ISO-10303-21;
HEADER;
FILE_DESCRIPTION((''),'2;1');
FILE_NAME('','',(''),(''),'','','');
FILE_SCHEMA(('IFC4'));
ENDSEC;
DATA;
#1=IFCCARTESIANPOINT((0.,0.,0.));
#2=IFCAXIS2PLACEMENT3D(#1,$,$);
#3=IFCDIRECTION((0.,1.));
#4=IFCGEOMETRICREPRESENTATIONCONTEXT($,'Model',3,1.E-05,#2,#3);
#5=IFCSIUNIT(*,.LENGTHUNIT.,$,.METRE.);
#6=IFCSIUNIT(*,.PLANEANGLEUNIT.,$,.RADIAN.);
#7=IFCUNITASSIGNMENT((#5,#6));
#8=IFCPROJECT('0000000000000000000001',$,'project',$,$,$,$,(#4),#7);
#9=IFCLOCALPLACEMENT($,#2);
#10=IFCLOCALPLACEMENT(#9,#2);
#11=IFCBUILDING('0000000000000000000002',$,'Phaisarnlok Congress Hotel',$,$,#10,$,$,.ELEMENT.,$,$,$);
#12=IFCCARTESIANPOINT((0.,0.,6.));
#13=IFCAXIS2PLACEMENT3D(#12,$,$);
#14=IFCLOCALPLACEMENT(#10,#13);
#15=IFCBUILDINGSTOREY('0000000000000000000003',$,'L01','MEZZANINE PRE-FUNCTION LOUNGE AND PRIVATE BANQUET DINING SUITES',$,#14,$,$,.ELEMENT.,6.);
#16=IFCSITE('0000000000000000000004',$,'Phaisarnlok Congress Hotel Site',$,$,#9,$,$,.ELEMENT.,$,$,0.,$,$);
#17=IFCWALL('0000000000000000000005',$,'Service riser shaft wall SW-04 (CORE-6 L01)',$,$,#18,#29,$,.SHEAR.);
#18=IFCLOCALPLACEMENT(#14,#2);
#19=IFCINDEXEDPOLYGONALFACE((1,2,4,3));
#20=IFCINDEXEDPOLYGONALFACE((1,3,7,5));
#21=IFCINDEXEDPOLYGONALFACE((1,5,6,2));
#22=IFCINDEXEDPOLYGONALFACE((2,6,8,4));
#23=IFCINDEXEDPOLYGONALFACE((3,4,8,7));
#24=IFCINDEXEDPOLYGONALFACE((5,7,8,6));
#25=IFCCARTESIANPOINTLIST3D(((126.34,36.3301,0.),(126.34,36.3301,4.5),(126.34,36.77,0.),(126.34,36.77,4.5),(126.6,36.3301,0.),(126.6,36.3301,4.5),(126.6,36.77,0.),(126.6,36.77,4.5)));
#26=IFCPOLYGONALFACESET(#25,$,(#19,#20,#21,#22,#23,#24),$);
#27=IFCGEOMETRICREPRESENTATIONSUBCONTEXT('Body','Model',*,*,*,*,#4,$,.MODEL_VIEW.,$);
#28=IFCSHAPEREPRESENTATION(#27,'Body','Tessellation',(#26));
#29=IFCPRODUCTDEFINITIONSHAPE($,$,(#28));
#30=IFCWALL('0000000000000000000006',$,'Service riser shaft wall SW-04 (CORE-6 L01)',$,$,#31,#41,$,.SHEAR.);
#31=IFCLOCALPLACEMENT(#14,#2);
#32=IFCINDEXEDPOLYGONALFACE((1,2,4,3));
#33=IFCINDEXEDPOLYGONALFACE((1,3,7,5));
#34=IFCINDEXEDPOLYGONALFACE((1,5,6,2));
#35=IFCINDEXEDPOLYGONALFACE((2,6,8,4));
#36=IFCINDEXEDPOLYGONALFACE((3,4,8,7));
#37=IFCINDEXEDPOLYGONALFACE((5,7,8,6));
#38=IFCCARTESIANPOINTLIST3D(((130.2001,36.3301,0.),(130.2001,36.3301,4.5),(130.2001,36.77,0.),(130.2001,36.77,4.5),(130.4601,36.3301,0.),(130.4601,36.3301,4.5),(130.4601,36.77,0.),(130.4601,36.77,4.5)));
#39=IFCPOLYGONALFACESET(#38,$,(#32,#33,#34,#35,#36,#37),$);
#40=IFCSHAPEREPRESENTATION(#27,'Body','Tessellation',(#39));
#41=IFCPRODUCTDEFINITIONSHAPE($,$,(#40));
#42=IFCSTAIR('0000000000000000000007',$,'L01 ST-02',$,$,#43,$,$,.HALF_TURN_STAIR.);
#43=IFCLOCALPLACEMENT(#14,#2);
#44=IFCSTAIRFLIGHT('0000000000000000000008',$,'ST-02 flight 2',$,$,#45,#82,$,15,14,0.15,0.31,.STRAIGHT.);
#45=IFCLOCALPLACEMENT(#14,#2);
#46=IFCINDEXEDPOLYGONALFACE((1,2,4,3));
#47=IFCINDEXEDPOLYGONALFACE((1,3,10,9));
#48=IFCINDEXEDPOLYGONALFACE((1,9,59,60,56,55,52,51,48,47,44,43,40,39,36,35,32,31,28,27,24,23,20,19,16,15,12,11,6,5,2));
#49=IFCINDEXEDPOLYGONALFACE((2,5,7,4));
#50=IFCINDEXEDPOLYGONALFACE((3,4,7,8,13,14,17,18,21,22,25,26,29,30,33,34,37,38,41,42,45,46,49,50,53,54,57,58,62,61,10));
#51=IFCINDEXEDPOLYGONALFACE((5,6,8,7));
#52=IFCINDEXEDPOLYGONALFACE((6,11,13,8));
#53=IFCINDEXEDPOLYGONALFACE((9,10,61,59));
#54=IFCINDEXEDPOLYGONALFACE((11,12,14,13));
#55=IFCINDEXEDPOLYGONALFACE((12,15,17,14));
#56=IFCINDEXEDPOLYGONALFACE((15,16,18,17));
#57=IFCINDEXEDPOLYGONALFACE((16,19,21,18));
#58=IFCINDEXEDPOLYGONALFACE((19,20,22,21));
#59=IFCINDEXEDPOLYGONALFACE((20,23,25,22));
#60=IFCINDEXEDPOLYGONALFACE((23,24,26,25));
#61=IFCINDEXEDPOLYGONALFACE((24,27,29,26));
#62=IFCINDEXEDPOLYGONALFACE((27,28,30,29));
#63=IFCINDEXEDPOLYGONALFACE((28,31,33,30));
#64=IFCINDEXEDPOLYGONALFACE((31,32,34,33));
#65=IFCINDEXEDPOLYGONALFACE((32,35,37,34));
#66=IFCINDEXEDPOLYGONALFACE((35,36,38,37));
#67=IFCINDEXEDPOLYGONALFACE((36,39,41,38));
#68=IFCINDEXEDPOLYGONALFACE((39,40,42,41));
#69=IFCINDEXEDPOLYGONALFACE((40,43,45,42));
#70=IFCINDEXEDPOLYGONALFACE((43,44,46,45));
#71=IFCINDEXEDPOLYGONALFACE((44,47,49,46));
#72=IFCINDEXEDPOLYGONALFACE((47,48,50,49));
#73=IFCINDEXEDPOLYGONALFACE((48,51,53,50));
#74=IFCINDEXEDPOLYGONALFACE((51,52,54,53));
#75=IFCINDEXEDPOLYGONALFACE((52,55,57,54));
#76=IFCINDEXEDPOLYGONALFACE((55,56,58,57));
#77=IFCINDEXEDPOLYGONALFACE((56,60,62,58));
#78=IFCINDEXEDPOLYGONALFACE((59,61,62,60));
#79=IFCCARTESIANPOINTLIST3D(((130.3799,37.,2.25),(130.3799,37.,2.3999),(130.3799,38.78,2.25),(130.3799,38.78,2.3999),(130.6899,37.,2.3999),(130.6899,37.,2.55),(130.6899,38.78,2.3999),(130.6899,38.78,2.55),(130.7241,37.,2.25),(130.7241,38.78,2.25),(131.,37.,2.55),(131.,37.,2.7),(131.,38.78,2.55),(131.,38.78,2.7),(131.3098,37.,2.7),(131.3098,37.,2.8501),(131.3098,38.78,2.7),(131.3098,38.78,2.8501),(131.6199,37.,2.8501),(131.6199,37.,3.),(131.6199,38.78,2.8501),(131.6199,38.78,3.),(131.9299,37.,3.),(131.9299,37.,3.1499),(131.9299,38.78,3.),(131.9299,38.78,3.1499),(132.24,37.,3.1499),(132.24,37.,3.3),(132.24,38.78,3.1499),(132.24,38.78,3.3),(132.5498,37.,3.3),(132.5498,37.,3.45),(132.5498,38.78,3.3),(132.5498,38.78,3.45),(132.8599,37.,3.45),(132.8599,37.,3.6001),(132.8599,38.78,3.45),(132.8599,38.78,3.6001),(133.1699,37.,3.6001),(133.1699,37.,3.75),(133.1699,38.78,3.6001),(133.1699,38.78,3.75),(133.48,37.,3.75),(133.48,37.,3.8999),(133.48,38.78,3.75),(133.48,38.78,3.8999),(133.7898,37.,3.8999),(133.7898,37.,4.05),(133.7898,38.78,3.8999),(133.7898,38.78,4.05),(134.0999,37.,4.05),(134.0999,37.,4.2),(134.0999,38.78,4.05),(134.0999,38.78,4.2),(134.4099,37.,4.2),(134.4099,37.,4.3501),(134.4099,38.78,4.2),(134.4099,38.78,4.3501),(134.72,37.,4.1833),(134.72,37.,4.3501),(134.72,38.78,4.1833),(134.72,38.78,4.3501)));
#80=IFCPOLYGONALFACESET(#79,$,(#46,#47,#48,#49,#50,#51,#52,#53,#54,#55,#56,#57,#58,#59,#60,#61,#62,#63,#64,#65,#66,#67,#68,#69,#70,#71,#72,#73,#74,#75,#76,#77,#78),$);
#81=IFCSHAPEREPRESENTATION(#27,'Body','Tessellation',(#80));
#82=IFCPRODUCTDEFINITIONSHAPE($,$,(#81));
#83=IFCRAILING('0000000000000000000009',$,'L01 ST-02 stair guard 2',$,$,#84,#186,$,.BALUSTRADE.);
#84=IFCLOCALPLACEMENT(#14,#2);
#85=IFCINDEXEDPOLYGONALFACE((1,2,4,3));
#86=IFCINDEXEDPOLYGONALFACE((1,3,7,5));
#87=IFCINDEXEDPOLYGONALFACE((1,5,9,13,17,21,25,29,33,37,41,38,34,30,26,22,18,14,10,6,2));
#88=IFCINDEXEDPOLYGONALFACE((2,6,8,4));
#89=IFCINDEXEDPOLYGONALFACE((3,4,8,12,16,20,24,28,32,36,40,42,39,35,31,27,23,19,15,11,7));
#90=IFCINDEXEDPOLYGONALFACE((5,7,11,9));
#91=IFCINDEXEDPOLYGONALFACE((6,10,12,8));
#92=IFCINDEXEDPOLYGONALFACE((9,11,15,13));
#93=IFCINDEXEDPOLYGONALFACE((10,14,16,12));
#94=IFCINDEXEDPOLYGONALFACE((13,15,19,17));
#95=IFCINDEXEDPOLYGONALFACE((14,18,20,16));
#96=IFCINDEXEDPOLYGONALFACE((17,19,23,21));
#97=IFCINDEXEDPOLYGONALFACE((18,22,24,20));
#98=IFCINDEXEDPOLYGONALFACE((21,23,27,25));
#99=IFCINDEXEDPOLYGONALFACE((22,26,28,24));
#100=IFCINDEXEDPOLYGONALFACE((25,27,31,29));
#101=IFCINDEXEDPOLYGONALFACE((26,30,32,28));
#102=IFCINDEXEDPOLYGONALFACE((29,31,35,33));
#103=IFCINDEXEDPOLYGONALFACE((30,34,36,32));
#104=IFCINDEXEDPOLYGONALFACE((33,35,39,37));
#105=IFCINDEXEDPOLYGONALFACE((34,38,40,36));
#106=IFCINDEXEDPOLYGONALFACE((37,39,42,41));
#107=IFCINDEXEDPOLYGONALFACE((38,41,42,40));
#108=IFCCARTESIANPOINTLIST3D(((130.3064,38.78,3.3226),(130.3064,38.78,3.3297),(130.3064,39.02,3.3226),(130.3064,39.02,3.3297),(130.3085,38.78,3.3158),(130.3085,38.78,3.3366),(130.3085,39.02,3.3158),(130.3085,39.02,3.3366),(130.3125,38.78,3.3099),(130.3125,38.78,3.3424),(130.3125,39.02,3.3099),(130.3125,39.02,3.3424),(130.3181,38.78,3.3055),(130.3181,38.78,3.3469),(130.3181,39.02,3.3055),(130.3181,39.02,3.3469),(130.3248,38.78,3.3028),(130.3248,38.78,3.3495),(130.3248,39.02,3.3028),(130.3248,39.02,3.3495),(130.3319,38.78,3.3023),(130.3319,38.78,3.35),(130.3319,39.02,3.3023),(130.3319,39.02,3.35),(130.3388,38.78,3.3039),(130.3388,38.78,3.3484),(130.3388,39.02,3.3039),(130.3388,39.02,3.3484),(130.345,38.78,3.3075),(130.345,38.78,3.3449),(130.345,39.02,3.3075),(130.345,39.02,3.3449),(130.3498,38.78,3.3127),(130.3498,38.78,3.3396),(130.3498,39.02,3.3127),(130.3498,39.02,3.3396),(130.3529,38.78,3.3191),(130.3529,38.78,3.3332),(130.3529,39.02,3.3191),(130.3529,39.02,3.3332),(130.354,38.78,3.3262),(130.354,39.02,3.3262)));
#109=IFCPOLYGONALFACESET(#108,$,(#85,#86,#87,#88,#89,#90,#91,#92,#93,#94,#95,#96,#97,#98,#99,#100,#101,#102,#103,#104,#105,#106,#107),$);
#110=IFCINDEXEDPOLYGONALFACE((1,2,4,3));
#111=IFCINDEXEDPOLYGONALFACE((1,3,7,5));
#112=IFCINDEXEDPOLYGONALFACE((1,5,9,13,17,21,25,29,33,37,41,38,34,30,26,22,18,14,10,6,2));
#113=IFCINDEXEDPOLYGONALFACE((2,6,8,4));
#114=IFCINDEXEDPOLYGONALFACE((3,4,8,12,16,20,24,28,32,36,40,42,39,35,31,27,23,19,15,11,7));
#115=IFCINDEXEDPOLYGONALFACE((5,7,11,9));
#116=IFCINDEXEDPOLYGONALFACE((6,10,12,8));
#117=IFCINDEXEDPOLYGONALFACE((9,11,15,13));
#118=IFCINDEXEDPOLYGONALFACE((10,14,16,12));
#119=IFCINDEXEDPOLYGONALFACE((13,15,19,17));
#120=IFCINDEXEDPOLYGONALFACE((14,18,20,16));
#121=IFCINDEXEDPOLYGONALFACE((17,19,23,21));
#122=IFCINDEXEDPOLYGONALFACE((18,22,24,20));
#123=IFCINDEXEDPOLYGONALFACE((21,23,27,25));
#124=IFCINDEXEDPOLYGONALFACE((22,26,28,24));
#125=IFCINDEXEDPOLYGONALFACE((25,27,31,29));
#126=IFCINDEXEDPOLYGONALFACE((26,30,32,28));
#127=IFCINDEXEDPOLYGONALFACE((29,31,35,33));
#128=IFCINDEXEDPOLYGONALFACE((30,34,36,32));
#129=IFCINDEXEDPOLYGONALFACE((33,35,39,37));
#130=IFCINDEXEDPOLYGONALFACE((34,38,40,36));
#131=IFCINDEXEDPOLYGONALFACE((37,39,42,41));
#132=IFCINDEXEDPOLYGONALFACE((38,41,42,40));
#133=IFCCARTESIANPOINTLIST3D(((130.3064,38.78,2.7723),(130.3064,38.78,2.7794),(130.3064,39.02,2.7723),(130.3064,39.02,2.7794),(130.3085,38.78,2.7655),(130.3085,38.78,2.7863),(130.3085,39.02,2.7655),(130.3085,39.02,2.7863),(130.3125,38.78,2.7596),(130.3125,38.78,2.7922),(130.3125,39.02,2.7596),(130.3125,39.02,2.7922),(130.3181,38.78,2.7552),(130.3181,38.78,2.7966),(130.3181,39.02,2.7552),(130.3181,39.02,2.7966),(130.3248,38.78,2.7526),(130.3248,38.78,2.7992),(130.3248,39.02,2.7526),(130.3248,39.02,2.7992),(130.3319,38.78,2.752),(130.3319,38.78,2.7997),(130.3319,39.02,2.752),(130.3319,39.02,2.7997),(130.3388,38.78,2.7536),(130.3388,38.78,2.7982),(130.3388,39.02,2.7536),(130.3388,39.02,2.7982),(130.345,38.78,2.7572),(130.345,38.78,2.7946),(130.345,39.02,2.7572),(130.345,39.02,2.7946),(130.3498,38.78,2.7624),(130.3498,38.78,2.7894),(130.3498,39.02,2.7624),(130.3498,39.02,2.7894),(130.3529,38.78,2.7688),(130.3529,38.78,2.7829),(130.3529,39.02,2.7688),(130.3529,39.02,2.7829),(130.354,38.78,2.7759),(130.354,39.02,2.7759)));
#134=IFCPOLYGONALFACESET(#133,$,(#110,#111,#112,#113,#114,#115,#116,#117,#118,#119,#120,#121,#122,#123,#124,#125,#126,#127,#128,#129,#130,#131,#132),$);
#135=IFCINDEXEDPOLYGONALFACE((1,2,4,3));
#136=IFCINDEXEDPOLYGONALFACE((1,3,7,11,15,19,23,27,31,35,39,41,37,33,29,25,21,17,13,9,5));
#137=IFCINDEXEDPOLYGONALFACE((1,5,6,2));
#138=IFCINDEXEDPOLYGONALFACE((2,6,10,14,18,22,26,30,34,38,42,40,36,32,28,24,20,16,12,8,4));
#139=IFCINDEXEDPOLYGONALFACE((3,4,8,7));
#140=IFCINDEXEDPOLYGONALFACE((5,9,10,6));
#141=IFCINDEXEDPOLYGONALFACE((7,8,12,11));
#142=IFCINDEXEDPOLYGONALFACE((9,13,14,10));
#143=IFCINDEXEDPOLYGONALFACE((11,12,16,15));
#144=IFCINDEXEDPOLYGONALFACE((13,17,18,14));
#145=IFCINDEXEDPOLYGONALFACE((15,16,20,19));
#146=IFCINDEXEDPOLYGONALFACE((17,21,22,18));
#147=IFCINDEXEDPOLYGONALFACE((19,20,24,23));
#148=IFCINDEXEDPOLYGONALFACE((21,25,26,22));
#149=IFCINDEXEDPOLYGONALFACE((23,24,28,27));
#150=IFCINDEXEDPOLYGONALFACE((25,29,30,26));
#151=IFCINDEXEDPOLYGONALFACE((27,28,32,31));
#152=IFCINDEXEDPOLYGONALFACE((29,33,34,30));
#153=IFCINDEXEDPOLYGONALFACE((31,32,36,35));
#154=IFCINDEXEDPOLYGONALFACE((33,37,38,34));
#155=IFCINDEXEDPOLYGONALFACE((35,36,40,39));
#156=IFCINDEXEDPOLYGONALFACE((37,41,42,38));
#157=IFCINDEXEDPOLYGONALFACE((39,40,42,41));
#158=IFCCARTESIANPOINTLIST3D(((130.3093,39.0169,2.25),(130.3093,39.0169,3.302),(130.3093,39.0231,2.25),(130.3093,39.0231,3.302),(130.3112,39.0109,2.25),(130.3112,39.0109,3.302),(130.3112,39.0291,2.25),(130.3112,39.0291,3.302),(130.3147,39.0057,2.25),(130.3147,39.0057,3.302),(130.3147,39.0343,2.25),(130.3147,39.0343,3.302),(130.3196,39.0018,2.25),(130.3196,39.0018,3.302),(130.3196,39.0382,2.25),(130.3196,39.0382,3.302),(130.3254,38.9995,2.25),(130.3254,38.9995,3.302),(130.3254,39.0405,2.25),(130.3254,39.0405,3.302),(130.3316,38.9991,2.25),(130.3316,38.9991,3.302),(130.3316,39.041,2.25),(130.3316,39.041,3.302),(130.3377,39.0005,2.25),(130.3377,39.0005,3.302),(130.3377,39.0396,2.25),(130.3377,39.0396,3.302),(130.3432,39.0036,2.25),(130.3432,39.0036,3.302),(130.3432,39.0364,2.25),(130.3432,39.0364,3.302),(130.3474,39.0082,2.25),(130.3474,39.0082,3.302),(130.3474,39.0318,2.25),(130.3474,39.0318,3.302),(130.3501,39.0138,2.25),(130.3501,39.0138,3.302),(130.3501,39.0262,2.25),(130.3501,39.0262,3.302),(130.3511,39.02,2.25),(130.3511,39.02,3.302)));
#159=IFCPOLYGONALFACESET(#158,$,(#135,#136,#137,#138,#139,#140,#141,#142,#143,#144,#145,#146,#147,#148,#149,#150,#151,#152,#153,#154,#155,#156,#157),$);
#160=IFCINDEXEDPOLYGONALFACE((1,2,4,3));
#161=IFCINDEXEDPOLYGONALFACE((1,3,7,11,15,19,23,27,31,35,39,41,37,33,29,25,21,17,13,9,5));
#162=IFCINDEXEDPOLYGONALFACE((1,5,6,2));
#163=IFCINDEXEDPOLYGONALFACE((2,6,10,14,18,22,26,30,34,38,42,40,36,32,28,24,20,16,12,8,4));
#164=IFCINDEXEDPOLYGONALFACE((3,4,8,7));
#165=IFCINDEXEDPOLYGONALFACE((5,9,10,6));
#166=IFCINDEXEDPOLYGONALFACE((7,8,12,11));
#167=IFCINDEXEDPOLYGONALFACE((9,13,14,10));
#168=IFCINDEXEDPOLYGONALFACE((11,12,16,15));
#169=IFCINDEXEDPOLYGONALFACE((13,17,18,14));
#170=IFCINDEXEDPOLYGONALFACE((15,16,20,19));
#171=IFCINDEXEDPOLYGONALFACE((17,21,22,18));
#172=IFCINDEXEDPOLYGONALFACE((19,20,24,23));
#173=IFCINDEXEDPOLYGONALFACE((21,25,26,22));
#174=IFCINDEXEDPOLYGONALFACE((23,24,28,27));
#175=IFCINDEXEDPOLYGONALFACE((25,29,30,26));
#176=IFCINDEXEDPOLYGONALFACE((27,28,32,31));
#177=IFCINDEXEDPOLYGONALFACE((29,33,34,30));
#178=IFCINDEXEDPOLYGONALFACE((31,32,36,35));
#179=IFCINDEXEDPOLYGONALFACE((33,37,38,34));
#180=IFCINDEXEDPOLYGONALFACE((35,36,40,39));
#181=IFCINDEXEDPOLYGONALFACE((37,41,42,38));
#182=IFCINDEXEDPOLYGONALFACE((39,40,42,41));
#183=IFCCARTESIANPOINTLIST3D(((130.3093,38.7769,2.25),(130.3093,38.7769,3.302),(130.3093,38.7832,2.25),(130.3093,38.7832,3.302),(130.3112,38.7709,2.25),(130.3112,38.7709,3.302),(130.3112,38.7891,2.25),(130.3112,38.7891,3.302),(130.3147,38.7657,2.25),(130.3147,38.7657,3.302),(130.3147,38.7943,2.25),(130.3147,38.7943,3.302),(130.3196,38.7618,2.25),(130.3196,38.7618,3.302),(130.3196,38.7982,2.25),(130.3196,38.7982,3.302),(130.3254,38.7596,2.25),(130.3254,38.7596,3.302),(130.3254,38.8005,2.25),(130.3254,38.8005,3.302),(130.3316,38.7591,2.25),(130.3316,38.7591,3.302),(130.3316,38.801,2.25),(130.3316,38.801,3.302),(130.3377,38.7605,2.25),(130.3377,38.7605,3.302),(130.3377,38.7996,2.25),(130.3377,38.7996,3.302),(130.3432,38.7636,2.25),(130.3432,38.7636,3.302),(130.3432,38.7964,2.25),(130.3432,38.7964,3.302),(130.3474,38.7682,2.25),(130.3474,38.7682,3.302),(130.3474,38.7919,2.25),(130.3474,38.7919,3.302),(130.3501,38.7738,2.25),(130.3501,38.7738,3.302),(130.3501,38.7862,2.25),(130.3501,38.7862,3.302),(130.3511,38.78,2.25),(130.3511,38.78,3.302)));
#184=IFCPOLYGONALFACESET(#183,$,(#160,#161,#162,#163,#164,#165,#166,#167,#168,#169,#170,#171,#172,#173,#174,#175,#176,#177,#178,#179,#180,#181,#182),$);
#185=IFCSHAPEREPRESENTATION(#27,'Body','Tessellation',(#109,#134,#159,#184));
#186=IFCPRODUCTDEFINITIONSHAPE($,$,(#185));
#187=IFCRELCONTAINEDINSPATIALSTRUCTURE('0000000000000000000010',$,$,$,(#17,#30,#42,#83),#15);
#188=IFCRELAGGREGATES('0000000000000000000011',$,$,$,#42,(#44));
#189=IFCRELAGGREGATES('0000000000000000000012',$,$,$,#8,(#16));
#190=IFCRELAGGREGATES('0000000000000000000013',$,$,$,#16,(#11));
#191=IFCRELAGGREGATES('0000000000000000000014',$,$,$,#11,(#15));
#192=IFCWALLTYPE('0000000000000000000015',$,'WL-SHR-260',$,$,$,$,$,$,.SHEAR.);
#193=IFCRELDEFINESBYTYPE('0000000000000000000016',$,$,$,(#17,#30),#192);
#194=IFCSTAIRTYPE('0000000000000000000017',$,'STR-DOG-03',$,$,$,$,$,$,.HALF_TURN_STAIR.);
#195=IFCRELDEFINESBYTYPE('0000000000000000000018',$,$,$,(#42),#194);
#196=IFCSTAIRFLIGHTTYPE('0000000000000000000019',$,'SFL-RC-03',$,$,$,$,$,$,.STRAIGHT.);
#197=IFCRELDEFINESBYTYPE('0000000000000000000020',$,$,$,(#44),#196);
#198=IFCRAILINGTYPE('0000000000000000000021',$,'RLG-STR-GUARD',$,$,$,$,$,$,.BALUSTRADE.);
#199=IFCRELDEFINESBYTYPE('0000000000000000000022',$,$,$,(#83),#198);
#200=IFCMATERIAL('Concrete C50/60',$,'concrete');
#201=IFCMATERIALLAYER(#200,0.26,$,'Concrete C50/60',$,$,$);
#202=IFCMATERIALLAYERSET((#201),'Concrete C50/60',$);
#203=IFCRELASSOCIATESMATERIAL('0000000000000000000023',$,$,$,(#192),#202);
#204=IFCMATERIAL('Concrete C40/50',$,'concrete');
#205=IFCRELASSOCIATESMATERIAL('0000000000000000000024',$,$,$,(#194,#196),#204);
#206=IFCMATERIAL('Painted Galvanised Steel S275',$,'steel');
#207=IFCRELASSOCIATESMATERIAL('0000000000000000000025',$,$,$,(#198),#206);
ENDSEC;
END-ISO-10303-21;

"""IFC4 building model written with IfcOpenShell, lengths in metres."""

from ifc_helpers import new_model, si_unit, direction, frame, frame_2d, origin, origin_2d, place, context, subcontext, project, spatial, polyline, rectangle, circle, outline, extrude, material, layer, layer_set, type_object, element, aggregate, save


model = new_model("IFC4")

# Units and contexts
model_context = context("Model", 3, precision=1e-05, world=origin(), true_north=direction((0.0, 1.0)))
body_context = subcontext(model_context, "Body", "Model", "MODEL_VIEW")
ifc_project = project(units=[si_unit("LENGTHUNIT", "METRE"), si_unit("PLANEANGLEUNIT", "RADIAN")], contexts=[model_context])

# Site, building, storey
site_placement = place(None, origin())
site = spatial("IfcSite", under=ifc_project, at=site_placement, Name="Phaisarnlok Congress Hotel Site", CompositionType="ELEMENT", RefElevation=0.0)
building_placement = place(site_placement, origin())
building = spatial("IfcBuilding", under=site, at=building_placement, Name="Phaisarnlok Congress Hotel", CompositionType="ELEMENT")
storey_placement = place(building_placement, frame((0.0, 0.0, 6.0)))
storey = spatial("IfcBuildingStorey", under=building, at=storey_placement, Name="L01", Description="MEZZANINE PRE-FUNCTION LOUNGE AND PRIVATE BANQUET DINING SUITES", CompositionType="ELEMENT", Elevation=6.0)

# Shared definitions
ifc_material_1 = material(Name="Concrete C50/60", Category="concrete")

# Shared definitions
ifc_material_2 = material(Name="Concrete C40/50", Category="concrete")

# Walls
ifc_layer_1 = layer(ifc_material_1, 0.26, Name="Concrete C50/60")
ifc_layer_set_1 = layer_set([ifc_layer_1], Name="Concrete C50/60")
wall_type_1 = type_object("IfcWallType", Name="WL-SHR-260", PredefinedType="SHEAR", material=ifc_layer_set_1)
for number, where, z_axis, x_axis, name in (
    (1, (126.47, 36.3301, 0.0), (0.0, 0.0, 1.0), (0.0, 1.0, 0.0), "Service riser shaft wall SW-04 (CORE-6 L01)"),
    (2, (130.3301, 36.3301, 0.0), (0.0, 0.0, 1.0), (0.0, 1.0, 0.0), "Service riser shaft wall SW-04 (CORE-6 L01)"),
):
    element("IfcWall", number, at=place(storey_placement, frame(where, z_axis=z_axis, x_axis=x_axis)), inside=storey, type_object=wall_type_1, Name=name, PredefinedType="SHEAR", context=body_context, shape_type="SweptSolid", body=[
        extrude(rectangle(XDim=0.4399, YDim=0.26, at=frame_2d((0.22, 0.0))), origin(), (0.0, 0.0, 1.0), 4.5),
    ])

# Stair, stair flight
stair_type = type_object("IfcStairType", Name="STR-DOG-03", PredefinedType="HALF_TURN_STAIR", material=ifc_material_2)
stair_placement = place(storey_placement, origin())
stair = element("IfcStair", 3, at=stair_placement, inside=storey, type_object=stair_type, Name="L01 ST-02", PredefinedType="HALF_TURN_STAIR")
stair_flight_type = type_object("IfcStairFlightType", Name="SFL-RC-03", PredefinedType="STRAIGHT", material=ifc_material_2)
stair_flight_placement = place(storey_placement, frame((130.3799, 37.8899, 2.25), z_axis=(0.0, 0.0, 1.0), x_axis=(1.0, 0.0, 0.0)))
stair_flight = element("IfcStairFlight", 4, at=stair_flight_placement, type_object=stair_flight_type, Name="ST-02 flight 2", NumberOfRisers=15, NumberOfTreads=14, PredefinedType="STRAIGHT", RiserHeight=0.15, TreadLength=0.31, context=body_context, shape_type="SweptSolid", body=[
    extrude(outline(polyline([(0.0, 0.0), (0.0, 0.1499), (0.3101, 0.1499), (0.3101, 0.3), (0.6201, 0.3), (0.6201, 0.45), (0.9299, 0.45), (0.9299, 0.6001), (1.24, 0.6001), (1.24, 0.75), (1.55, 0.75), (1.55, 0.8999), (1.8601, 0.8999), (1.8601, 1.05), (2.1699, 1.05), (2.1699, 1.2), (2.48, 1.2), (2.48, 1.3501), (2.79, 1.3501), (2.79, 1.5), (3.1001, 1.5), (3.1001, 1.6499), (3.4099, 1.6499), (3.4099, 1.8), (3.72, 1.8), (3.72, 1.95), (4.03, 1.95), (4.03, 2.1001), (4.3401, 2.1001), (4.3401, 2.25), (4.3401, 1.9333), (0.3442, 0.0), (0.0, 0.0)])), frame((0.0, 0.8901, 0.0), z_axis=(0.0, -1.0, 0.0), x_axis=(1.0, 0.0, 0.0)), (0.0, 0.0, 1.0), 1.78),
])
aggregate(stair, [stair_flight])

# Railing
ifc_material_3 = material(Name="Painted Galvanised Steel S275", Category="steel")
railing_type_1 = type_object("IfcRailingType", Name="RLG-STR-GUARD", PredefinedType="BALUSTRADE", material=ifc_material_3)
railing_1_placement = place(storey_placement, frame((130.3301, 39.02, 2.25)))
element("IfcRailing", 5, at=railing_1_placement, inside=storey, type_object=railing_type_1, Name="L01 ST-02 stair guard 2", PredefinedType="BALUSTRADE", context=body_context, shape_type="SweptSolid", body=[
    extrude(circle(Radius=0.0239, at=origin_2d()), frame((0.0, 0.0, 1.0762), z_axis=(0.0, -1.0, 0.0), x_axis=(1.0, 0.0, 0.0)), (0.0, 0.0, 1.0), 0.24),
    extrude(circle(Radius=0.0239, at=origin_2d()), frame((0.0, 0.0, 0.5259), z_axis=(0.0, -1.0, 0.0), x_axis=(1.0, 0.0, 0.0)), (0.0, 0.0, 1.0), 0.24),
    extrude(circle(Radius=0.021, at=origin_2d()), origin(), (0.0, 0.0, 1.0), 1.052),
    extrude(circle(Radius=0.021, at=origin_2d()), frame((0.0, -0.24, 0.0)), (0.0, 0.0, 1.0), 1.052),
])

save(model, "model.ifc")
